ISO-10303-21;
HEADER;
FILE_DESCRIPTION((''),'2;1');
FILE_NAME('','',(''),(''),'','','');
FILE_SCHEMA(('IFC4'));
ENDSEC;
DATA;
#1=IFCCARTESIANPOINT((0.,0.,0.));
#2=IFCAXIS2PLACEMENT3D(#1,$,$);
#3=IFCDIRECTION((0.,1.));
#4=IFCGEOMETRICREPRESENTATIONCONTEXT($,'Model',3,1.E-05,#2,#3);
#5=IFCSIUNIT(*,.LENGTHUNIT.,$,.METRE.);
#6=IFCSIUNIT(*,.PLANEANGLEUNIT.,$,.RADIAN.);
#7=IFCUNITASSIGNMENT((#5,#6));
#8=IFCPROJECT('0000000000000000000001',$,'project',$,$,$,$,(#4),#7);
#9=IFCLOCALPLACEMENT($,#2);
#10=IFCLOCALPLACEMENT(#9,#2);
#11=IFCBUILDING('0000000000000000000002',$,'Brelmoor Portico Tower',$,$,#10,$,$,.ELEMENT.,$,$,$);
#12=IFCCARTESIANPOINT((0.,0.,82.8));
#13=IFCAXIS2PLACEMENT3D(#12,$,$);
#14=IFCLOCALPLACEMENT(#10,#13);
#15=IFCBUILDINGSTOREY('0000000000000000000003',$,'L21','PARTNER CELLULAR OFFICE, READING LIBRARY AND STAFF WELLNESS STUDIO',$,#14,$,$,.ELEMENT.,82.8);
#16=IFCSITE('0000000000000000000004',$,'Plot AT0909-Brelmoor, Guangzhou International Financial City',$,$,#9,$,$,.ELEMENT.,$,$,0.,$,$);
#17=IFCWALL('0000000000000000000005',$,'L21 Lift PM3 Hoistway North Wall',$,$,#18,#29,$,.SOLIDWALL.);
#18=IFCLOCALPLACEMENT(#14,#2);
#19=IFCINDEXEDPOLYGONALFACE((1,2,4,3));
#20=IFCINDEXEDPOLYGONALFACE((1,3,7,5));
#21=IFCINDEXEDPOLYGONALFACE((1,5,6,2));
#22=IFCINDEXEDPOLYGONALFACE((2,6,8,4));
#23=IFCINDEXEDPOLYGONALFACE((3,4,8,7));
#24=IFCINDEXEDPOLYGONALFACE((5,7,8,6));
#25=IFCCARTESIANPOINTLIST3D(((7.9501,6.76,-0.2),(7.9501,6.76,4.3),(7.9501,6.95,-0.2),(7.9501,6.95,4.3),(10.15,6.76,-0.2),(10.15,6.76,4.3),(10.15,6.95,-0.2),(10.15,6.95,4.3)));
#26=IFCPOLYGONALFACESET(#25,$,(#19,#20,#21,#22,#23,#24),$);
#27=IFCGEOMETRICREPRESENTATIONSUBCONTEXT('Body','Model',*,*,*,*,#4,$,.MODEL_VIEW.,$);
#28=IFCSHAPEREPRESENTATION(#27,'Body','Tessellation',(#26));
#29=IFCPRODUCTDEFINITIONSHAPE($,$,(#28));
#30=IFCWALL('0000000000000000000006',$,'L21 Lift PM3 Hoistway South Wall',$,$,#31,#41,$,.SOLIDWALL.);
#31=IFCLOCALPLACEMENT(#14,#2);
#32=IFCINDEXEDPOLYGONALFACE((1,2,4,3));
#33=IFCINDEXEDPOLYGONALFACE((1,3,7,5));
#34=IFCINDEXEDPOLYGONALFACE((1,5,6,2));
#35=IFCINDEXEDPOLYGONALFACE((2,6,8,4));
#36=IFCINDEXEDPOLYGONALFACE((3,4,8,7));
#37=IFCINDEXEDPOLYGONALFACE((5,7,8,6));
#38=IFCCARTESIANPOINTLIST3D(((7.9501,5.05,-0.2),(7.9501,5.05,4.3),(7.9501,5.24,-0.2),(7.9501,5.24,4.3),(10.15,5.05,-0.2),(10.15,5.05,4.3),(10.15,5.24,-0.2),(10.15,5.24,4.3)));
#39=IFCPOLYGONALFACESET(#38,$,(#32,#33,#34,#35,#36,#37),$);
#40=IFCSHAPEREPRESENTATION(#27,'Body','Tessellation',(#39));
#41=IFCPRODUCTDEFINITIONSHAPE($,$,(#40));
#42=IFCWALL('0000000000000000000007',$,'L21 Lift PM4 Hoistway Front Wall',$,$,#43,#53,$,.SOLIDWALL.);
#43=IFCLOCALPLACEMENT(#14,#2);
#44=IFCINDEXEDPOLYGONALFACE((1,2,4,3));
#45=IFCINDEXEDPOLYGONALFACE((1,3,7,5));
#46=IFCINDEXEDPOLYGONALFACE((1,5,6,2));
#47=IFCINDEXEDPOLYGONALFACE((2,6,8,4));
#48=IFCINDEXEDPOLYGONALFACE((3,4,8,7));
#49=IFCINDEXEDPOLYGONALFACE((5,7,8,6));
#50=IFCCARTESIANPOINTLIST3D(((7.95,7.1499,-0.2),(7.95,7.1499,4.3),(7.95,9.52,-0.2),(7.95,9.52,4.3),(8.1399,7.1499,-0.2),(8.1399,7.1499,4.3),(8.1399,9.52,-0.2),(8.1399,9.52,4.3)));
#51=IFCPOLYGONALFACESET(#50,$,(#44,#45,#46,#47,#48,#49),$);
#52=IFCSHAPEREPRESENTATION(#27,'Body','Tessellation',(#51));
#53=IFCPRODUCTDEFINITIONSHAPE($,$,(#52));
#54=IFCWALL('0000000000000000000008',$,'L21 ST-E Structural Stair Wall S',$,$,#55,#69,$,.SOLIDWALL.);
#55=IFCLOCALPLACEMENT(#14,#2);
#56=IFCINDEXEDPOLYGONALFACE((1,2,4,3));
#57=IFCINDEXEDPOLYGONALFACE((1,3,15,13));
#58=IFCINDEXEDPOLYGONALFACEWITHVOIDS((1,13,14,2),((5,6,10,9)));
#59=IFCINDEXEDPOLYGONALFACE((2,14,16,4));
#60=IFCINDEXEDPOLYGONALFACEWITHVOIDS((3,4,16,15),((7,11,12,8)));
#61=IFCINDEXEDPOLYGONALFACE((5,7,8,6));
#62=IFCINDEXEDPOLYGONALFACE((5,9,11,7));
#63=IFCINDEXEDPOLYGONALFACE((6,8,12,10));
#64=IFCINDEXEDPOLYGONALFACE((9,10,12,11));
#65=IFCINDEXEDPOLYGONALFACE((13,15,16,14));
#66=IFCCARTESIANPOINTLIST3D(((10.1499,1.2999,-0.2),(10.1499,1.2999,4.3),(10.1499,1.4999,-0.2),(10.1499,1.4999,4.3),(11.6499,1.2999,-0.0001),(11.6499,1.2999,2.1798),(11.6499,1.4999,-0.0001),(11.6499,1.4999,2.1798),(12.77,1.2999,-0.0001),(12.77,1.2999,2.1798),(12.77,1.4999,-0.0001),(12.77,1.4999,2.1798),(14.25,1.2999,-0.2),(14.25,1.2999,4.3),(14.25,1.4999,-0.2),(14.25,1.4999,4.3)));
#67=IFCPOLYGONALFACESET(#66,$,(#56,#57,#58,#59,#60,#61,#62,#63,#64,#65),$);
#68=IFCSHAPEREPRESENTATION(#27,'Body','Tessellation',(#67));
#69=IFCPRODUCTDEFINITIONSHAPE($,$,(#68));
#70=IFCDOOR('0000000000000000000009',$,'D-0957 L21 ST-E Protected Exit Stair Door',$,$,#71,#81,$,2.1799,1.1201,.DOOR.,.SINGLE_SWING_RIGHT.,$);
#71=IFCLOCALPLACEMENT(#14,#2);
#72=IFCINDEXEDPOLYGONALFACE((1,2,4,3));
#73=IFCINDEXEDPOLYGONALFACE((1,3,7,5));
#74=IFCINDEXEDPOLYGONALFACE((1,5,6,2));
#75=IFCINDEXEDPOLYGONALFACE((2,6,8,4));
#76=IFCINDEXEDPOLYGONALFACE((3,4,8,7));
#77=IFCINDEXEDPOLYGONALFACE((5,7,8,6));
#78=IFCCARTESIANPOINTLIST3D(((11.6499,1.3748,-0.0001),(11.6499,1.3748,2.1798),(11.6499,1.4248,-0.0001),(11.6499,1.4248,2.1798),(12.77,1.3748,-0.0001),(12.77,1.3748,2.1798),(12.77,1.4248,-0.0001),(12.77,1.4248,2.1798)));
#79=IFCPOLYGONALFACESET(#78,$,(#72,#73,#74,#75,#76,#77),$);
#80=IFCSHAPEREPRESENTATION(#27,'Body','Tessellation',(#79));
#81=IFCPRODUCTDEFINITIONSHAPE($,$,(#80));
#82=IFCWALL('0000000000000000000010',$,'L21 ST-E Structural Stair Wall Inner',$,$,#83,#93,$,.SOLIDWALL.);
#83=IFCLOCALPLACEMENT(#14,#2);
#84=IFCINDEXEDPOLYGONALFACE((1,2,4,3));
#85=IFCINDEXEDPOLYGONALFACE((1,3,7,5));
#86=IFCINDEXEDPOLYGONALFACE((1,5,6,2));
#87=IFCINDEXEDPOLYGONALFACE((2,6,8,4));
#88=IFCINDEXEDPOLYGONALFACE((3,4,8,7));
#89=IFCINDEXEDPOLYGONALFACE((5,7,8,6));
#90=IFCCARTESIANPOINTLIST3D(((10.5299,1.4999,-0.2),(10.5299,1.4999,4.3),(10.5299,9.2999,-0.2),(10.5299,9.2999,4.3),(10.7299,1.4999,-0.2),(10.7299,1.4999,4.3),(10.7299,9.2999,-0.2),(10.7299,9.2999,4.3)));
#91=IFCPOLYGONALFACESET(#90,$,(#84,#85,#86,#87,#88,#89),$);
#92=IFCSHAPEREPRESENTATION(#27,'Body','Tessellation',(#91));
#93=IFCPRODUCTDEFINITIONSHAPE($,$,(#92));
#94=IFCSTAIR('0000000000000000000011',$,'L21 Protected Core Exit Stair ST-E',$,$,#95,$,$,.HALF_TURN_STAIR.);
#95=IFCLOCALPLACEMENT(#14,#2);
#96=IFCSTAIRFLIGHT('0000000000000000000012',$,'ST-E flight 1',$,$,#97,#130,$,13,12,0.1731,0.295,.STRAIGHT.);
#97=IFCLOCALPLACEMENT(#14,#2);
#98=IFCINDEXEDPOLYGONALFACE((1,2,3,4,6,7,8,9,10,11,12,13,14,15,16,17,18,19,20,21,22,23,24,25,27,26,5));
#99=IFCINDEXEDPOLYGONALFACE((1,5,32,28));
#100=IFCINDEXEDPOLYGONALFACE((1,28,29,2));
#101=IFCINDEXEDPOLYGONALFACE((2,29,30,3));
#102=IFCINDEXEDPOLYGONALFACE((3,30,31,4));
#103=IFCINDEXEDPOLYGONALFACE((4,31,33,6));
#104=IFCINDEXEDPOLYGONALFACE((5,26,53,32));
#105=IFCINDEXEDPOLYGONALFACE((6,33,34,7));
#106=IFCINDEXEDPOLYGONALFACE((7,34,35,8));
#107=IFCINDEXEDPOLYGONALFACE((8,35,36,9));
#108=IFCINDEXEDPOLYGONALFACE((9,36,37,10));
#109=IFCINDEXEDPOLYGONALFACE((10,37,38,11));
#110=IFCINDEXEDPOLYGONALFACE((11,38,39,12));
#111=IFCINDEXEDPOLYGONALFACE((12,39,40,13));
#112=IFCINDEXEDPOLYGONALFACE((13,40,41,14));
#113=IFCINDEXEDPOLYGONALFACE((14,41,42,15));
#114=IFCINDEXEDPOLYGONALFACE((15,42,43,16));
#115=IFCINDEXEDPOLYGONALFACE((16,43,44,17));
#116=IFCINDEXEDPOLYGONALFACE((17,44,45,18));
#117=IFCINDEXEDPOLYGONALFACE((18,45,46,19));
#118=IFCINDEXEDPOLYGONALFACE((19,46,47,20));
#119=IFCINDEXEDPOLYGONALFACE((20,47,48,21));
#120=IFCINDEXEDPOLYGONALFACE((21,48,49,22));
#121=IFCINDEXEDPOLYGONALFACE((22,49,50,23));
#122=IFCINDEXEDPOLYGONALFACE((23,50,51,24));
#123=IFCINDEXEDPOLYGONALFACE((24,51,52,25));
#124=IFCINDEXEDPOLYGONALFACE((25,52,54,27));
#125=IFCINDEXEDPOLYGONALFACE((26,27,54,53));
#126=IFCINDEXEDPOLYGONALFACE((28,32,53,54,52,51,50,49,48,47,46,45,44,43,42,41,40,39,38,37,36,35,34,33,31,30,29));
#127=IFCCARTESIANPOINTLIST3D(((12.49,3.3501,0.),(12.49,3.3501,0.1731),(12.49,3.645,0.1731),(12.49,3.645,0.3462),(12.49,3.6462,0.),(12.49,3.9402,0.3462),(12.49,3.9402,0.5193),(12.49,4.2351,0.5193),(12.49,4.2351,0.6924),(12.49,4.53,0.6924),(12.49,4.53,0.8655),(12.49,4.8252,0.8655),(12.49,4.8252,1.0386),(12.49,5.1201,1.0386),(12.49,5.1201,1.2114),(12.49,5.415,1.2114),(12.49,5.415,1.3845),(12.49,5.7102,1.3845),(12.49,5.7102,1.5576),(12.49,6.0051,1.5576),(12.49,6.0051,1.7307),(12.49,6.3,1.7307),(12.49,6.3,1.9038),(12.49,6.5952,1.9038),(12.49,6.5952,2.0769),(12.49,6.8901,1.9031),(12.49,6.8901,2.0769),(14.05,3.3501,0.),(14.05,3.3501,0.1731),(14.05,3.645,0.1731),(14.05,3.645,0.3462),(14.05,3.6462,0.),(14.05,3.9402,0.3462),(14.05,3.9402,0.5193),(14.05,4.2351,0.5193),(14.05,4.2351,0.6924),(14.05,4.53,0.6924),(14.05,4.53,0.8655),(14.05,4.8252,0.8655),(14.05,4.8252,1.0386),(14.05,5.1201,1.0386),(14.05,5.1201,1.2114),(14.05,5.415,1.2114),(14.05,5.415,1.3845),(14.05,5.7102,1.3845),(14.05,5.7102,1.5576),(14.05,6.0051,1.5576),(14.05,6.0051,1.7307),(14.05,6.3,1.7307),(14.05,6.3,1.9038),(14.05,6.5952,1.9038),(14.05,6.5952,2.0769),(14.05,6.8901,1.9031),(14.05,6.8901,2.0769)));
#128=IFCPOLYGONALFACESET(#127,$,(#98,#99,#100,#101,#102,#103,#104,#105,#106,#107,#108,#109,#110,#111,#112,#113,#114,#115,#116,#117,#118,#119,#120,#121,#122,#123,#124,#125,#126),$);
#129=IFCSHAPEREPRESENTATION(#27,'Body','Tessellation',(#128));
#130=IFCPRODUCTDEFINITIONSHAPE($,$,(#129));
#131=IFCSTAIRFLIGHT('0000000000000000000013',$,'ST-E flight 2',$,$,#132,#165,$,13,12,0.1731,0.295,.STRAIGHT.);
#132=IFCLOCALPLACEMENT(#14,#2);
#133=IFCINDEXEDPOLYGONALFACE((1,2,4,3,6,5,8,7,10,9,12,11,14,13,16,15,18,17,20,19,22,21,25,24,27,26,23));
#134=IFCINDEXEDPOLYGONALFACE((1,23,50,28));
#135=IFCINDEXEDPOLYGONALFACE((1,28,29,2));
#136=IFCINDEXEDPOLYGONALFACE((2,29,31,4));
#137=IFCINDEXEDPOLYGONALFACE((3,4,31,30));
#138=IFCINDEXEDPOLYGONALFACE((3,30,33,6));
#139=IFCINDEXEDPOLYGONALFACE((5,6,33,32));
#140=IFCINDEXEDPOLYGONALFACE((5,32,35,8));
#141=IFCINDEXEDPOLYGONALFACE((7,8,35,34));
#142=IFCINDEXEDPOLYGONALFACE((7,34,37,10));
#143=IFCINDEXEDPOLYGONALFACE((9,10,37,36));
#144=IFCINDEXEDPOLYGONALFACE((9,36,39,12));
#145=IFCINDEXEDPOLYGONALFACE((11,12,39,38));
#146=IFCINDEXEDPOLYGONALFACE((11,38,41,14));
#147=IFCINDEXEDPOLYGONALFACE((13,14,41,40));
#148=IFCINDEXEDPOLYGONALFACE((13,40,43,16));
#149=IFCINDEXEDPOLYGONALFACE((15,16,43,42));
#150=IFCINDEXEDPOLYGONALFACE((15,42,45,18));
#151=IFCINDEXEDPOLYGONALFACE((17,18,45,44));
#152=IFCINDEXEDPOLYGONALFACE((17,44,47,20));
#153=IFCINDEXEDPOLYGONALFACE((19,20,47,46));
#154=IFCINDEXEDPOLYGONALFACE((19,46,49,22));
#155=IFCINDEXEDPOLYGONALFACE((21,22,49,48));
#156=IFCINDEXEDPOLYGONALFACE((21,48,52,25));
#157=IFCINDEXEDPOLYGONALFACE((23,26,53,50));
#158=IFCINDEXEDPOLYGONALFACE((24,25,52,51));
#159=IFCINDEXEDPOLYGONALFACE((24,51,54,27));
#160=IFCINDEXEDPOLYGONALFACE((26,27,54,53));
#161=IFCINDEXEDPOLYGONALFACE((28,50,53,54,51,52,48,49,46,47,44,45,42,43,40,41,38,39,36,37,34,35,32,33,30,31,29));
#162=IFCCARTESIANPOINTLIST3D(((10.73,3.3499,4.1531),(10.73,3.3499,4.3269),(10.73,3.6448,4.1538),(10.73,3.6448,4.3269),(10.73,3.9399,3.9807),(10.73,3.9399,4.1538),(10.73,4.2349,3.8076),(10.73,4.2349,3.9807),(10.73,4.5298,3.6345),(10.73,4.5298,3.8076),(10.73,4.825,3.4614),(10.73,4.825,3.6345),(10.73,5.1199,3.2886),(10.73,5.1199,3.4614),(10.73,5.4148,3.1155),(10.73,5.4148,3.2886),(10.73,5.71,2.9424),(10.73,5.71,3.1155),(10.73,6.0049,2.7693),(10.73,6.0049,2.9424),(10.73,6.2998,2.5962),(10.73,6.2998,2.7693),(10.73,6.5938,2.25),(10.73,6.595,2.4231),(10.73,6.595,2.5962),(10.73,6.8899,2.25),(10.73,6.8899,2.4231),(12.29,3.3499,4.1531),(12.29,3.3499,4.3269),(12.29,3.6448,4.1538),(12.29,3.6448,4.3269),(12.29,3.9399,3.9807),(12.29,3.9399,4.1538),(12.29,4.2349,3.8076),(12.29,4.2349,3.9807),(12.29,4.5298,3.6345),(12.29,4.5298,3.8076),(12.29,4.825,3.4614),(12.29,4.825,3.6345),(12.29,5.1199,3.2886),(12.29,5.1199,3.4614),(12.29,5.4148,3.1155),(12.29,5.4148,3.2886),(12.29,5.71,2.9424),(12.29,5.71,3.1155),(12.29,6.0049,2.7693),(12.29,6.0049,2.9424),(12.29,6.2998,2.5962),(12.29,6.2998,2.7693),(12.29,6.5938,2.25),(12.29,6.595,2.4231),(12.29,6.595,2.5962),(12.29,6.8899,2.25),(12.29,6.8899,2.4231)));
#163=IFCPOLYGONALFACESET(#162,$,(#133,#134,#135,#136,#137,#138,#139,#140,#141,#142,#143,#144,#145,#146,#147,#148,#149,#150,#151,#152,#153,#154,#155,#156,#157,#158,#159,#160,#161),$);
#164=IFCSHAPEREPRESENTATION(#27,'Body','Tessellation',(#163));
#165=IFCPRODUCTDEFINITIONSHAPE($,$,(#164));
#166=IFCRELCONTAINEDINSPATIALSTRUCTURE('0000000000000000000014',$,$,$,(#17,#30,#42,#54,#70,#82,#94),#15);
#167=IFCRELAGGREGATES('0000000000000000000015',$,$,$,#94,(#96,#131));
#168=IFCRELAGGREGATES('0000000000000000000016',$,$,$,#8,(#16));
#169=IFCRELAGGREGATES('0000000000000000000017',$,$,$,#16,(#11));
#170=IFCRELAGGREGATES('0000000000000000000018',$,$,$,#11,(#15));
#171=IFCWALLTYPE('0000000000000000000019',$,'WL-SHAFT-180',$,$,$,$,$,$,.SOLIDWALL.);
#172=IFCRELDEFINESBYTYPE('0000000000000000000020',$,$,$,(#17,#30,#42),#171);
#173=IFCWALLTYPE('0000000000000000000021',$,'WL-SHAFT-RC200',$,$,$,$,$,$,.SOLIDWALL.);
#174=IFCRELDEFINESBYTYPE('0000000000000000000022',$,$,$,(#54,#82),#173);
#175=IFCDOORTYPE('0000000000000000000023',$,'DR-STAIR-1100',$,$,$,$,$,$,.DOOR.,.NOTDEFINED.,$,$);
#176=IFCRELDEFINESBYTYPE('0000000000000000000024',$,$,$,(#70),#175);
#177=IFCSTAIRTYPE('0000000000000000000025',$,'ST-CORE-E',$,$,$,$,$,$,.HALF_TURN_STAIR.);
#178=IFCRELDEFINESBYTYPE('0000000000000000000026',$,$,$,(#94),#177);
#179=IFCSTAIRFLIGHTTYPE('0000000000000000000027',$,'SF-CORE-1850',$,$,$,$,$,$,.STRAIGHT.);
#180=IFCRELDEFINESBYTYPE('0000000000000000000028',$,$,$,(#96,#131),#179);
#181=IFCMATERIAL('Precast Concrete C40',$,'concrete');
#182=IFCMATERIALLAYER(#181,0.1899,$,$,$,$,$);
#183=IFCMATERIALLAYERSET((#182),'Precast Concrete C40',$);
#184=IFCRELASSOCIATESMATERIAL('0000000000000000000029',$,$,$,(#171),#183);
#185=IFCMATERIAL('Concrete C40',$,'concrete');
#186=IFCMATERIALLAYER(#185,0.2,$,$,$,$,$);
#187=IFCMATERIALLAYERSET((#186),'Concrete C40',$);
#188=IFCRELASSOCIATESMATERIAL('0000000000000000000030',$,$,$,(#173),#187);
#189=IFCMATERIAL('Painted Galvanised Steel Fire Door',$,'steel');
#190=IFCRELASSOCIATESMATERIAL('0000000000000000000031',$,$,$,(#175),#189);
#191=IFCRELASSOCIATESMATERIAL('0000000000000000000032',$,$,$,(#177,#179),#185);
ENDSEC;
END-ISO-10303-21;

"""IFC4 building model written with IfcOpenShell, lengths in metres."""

from ifc_helpers import new_model, si_unit, direction, frame, frame_2d, origin, place, context, subcontext, project, spatial, polyline, rectangle, outline, extrude, material, layer, layer_set, type_object, element, fill, aggregate, save


model = new_model("IFC4")

# Units and contexts
model_context = context("Model", 3, precision=1e-05, world=origin(), true_north=direction((0.0, 1.0)))
body_context = subcontext(model_context, "Body", "Model", "MODEL_VIEW")
ifc_project = project(units=[si_unit("LENGTHUNIT", "METRE"), si_unit("PLANEANGLEUNIT", "RADIAN")], contexts=[model_context])

# Site, building, storey
site_placement = place(None, origin())
site = spatial("IfcSite", under=ifc_project, at=site_placement, Name="Plot AT0909-Brelmoor, Guangzhou International Financial City", CompositionType="ELEMENT", RefElevation=0.0)
building_placement = place(site_placement, origin())
building = spatial("IfcBuilding", under=site, at=building_placement, Name="Brelmoor Portico Tower", CompositionType="ELEMENT")
storey_placement = place(building_placement, frame((0.0, 0.0, 82.8)))
storey = spatial("IfcBuildingStorey", under=building, at=storey_placement, Name="L21", Description="PARTNER CELLULAR OFFICE, READING LIBRARY AND STAFF WELLNESS STUDIO", CompositionType="ELEMENT", Elevation=82.8)

# Walls
ifc_material_1 = material(Name="Precast Concrete C40", Category="concrete")
ifc_layer_1 = layer(ifc_material_1, 0.1899)
ifc_layer_set_1 = layer_set([ifc_layer_1], Name="Precast Concrete C40")
wall_type_1 = type_object("IfcWallType", Name="WL-SHAFT-180", PredefinedType="SOLIDWALL", material=ifc_layer_set_1)
for number, where, z_axis, x_axis, name in (
    (1, (7.95, 6.855, -0.2), (0.0, 0.0, 1.0), (1.0, 0.0, 0.0), "L21 Lift PM3 Hoistway North Wall"),
    (2, (7.95, 5.145, -0.2), (0.0, 0.0, 1.0), (1.0, 0.0, 0.0), "L21 Lift PM3 Hoistway South Wall"),
):
    element("IfcWall", number, at=place(storey_placement, frame(where, z_axis=z_axis, x_axis=x_axis)), inside=storey, type_object=wall_type_1, Name=name, PredefinedType="SOLIDWALL", context=body_context, shape_type="SweptSolid", body=[
        extrude(rectangle(XDim=2.2, YDim=0.1899, at=frame_2d((1.1001, 0.0))), origin(), (0.0, 0.0, 1.0), 4.5),
    ])
wall_1_placement = place(storey_placement, frame((8.0449, 7.1499, -0.2), z_axis=(0.0, 0.0, 1.0), x_axis=(0.0, 1.0, 0.0)))
element("IfcWall", 3, at=wall_1_placement, inside=storey, type_object=wall_type_1, Name="L21 Lift PM4 Hoistway Front Wall", PredefinedType="SOLIDWALL", context=body_context, shape_type="SweptSolid", body=[
    extrude(rectangle(XDim=2.3701, YDim=0.1899, at=frame_2d((1.1851, 0.0))), origin(), (0.0, 0.0, 1.0), 4.5),
])

# Wall, opening, door
ifc_material_2 = material(Name="Concrete C40", Category="concrete")
ifc_layer_2 = layer(ifc_material_2, 0.2)
ifc_layer_set_2 = layer_set([ifc_layer_2], Name="Concrete C40")
wall_type_2 = type_object("IfcWallType", Name="WL-SHAFT-RC200", PredefinedType="SOLIDWALL", material=ifc_layer_set_2)
wall_2_placement = place(storey_placement, frame((10.1499, 1.3999, -0.2), z_axis=(0.0, 0.0, 1.0), x_axis=(1.0, 0.0, 0.0)))
wall_2 = element("IfcWall", 4, at=wall_2_placement, inside=storey, type_object=wall_type_2, Name="L21 ST-E Structural Stair Wall S", PredefinedType="SOLIDWALL", context=body_context, shape_type="SweptSolid", body=[
    extrude(rectangle(XDim=4.1001, YDim=0.2, at=frame_2d((2.05, 0.0))), origin(), (0.0, 0.0, 1.0), 4.5),
])
opening_1_placement = place(wall_2_placement, frame((1.5, 0.0, 0.2)))
opening_1 = element("IfcOpeningElement", 5, at=opening_1_placement, cuts=wall_2, PredefinedType="OPENING", context=body_context, shape_type="SweptSolid", body=[
    extrude(rectangle(XDim=1.1201, YDim=2.1799, at=frame_2d((0.5601, 1.0898))), frame((0.0, 0.1099, 0.0), z_axis=(0.0, -1.0, 0.0), x_axis=(1.0, 0.0, 0.0)), (0.0, 0.0, 1.0), 0.22),
])
ifc_material_3 = material(Name="Painted Galvanised Steel Fire Door", Category="steel")
door_type_1 = type_object("IfcDoorType", Name="DR-STAIR-1100", OperationType="NOTDEFINED", PredefinedType="DOOR", material=ifc_material_3)
door_1_placement = place(opening_1_placement, origin())
door_1 = element("IfcDoor", 6, at=door_1_placement, inside=storey, type_object=door_type_1, Name="D-0957 L21 ST-E Protected Exit Stair Door", OperationType="SINGLE_SWING_RIGHT", OverallHeight=2.1799, OverallWidth=1.1201, PredefinedType="DOOR", context=body_context, shape_type="SweptSolid", body=[
    extrude(rectangle(XDim=1.1201, YDim=2.1799, at=frame_2d((0.5601, 1.0898))), frame((0.0, 0.0249, 0.0), z_axis=(0.0, -1.0, 0.0), x_axis=(1.0, 0.0, 0.0)), (0.0, 0.0, 1.0), 0.05),
])
fill(opening_1, door_1)

# Wall
wall_3_placement = place(storey_placement, frame((10.6299, 1.5, -0.2), z_axis=(0.0, 0.0, 1.0), x_axis=(0.0, 1.0, 0.0)))
element("IfcWall", 7, at=wall_3_placement, inside=storey, type_object=wall_type_2, Name="L21 ST-E Structural Stair Wall Inner", PredefinedType="SOLIDWALL", context=body_context, shape_type="SweptSolid", body=[
    extrude(rectangle(XDim=7.8, YDim=0.2, at=frame_2d((3.8999, 0.0))), origin(), (0.0, 0.0, 1.0), 4.5),
])

# Stair, stair flights
stair_type = type_object("IfcStairType", Name="ST-CORE-E", PredefinedType="HALF_TURN_STAIR", material=ifc_material_2)
stair_placement = place(storey_placement, origin())
stair = element("IfcStair", 8, at=stair_placement, inside=storey, type_object=stair_type, Name="L21 Protected Core Exit Stair ST-E", PredefinedType="HALF_TURN_STAIR")
stair_flight_type = type_object("IfcStairFlightType", Name="SF-CORE-1850", PredefinedType="STRAIGHT", material=ifc_material_2)
stair_flight_1_placement = place(storey_placement, frame((13.27, 3.3501, 0.0), z_axis=(0.0, 0.0, 1.0), x_axis=(0.0, 1.0, 0.0)))
stair_flight_1 = element("IfcStairFlight", 9, at=stair_flight_1_placement, type_object=stair_flight_type, Name="ST-E flight 1", NumberOfRisers=13, NumberOfTreads=12, PredefinedType="STRAIGHT", RiserHeight=0.1731, TreadLength=0.295, context=body_context, shape_type="SweptSolid", body=[
    extrude(outline(polyline([(0.0, 0.0), (0.0, 0.1731), (0.2949, 0.1731), (0.2949, 0.3462), (0.5901, 0.3462), (0.5901, 0.5193), (0.885, 0.5193), (0.885, 0.6924), (1.1799, 0.6924), (1.1799, 0.8655), (1.4751, 0.8655), (1.4751, 1.0386), (1.77, 1.0386), (1.77, 1.2114), (2.0649, 1.2114), (2.0649, 1.3845), (2.3601, 1.3845), (2.3601, 1.5576), (2.655, 1.5576), (2.655, 1.7307), (2.95, 1.7307), (2.95, 1.9038), (3.2451, 1.9038), (3.2451, 2.0769), (3.54, 2.0769), (3.54, 2.25), (3.54, 1.9031), (0.2961, 0.0), (0.0, 0.0)])), frame((0.0, 0.78, 0.0), z_axis=(0.0, -1.0, 0.0), x_axis=(1.0, 0.0, 0.0)), (0.0, 0.0, 1.0), 1.5601),
])
stair_flight_2_placement = place(storey_placement, frame((11.51, 6.8899, 2.25), z_axis=(0.0, 0.0, 1.0), x_axis=(0.0, -1.0, 0.0)))
stair_flight_2 = element("IfcStairFlight", 10, at=stair_flight_2_placement, type_object=stair_flight_type, Name="ST-E flight 2", NumberOfRisers=13, NumberOfTreads=12, PredefinedType="STRAIGHT", RiserHeight=0.1731, TreadLength=0.295, context=body_context, shape_type="SweptSolid", body=[
    extrude(outline(polyline([(0.0, 0.0), (0.0, 0.1731), (0.2949, 0.1731), (0.2949, 0.3462), (0.5901, 0.3462), (0.5901, 0.5193), (0.885, 0.5193), (0.885, 0.6924), (1.1799, 0.6924), (1.1799, 0.8655), (1.4751, 0.8655), (1.4751, 1.0386), (1.77, 1.0386), (1.77, 1.2114), (2.0649, 1.2114), (2.0649, 1.3845), (2.3601, 1.3845), (2.3601, 1.5576), (2.655, 1.5576), (2.655, 1.7307), (2.95, 1.7307), (2.95, 1.9038), (3.2451, 1.9038), (3.2451, 2.0769), (3.54, 2.0769), (3.54, 2.25), (3.54, 1.9031), (0.2961, 0.0), (0.0, 0.0)])), frame((0.0, 0.78, 0.0), z_axis=(0.0, -1.0, 0.0), x_axis=(1.0, 0.0, 0.0)), (0.0, 0.0, 1.0), 1.5601),
])
aggregate(stair, [stair_flight_1, stair_flight_2])

save(model, "model.ifc")
